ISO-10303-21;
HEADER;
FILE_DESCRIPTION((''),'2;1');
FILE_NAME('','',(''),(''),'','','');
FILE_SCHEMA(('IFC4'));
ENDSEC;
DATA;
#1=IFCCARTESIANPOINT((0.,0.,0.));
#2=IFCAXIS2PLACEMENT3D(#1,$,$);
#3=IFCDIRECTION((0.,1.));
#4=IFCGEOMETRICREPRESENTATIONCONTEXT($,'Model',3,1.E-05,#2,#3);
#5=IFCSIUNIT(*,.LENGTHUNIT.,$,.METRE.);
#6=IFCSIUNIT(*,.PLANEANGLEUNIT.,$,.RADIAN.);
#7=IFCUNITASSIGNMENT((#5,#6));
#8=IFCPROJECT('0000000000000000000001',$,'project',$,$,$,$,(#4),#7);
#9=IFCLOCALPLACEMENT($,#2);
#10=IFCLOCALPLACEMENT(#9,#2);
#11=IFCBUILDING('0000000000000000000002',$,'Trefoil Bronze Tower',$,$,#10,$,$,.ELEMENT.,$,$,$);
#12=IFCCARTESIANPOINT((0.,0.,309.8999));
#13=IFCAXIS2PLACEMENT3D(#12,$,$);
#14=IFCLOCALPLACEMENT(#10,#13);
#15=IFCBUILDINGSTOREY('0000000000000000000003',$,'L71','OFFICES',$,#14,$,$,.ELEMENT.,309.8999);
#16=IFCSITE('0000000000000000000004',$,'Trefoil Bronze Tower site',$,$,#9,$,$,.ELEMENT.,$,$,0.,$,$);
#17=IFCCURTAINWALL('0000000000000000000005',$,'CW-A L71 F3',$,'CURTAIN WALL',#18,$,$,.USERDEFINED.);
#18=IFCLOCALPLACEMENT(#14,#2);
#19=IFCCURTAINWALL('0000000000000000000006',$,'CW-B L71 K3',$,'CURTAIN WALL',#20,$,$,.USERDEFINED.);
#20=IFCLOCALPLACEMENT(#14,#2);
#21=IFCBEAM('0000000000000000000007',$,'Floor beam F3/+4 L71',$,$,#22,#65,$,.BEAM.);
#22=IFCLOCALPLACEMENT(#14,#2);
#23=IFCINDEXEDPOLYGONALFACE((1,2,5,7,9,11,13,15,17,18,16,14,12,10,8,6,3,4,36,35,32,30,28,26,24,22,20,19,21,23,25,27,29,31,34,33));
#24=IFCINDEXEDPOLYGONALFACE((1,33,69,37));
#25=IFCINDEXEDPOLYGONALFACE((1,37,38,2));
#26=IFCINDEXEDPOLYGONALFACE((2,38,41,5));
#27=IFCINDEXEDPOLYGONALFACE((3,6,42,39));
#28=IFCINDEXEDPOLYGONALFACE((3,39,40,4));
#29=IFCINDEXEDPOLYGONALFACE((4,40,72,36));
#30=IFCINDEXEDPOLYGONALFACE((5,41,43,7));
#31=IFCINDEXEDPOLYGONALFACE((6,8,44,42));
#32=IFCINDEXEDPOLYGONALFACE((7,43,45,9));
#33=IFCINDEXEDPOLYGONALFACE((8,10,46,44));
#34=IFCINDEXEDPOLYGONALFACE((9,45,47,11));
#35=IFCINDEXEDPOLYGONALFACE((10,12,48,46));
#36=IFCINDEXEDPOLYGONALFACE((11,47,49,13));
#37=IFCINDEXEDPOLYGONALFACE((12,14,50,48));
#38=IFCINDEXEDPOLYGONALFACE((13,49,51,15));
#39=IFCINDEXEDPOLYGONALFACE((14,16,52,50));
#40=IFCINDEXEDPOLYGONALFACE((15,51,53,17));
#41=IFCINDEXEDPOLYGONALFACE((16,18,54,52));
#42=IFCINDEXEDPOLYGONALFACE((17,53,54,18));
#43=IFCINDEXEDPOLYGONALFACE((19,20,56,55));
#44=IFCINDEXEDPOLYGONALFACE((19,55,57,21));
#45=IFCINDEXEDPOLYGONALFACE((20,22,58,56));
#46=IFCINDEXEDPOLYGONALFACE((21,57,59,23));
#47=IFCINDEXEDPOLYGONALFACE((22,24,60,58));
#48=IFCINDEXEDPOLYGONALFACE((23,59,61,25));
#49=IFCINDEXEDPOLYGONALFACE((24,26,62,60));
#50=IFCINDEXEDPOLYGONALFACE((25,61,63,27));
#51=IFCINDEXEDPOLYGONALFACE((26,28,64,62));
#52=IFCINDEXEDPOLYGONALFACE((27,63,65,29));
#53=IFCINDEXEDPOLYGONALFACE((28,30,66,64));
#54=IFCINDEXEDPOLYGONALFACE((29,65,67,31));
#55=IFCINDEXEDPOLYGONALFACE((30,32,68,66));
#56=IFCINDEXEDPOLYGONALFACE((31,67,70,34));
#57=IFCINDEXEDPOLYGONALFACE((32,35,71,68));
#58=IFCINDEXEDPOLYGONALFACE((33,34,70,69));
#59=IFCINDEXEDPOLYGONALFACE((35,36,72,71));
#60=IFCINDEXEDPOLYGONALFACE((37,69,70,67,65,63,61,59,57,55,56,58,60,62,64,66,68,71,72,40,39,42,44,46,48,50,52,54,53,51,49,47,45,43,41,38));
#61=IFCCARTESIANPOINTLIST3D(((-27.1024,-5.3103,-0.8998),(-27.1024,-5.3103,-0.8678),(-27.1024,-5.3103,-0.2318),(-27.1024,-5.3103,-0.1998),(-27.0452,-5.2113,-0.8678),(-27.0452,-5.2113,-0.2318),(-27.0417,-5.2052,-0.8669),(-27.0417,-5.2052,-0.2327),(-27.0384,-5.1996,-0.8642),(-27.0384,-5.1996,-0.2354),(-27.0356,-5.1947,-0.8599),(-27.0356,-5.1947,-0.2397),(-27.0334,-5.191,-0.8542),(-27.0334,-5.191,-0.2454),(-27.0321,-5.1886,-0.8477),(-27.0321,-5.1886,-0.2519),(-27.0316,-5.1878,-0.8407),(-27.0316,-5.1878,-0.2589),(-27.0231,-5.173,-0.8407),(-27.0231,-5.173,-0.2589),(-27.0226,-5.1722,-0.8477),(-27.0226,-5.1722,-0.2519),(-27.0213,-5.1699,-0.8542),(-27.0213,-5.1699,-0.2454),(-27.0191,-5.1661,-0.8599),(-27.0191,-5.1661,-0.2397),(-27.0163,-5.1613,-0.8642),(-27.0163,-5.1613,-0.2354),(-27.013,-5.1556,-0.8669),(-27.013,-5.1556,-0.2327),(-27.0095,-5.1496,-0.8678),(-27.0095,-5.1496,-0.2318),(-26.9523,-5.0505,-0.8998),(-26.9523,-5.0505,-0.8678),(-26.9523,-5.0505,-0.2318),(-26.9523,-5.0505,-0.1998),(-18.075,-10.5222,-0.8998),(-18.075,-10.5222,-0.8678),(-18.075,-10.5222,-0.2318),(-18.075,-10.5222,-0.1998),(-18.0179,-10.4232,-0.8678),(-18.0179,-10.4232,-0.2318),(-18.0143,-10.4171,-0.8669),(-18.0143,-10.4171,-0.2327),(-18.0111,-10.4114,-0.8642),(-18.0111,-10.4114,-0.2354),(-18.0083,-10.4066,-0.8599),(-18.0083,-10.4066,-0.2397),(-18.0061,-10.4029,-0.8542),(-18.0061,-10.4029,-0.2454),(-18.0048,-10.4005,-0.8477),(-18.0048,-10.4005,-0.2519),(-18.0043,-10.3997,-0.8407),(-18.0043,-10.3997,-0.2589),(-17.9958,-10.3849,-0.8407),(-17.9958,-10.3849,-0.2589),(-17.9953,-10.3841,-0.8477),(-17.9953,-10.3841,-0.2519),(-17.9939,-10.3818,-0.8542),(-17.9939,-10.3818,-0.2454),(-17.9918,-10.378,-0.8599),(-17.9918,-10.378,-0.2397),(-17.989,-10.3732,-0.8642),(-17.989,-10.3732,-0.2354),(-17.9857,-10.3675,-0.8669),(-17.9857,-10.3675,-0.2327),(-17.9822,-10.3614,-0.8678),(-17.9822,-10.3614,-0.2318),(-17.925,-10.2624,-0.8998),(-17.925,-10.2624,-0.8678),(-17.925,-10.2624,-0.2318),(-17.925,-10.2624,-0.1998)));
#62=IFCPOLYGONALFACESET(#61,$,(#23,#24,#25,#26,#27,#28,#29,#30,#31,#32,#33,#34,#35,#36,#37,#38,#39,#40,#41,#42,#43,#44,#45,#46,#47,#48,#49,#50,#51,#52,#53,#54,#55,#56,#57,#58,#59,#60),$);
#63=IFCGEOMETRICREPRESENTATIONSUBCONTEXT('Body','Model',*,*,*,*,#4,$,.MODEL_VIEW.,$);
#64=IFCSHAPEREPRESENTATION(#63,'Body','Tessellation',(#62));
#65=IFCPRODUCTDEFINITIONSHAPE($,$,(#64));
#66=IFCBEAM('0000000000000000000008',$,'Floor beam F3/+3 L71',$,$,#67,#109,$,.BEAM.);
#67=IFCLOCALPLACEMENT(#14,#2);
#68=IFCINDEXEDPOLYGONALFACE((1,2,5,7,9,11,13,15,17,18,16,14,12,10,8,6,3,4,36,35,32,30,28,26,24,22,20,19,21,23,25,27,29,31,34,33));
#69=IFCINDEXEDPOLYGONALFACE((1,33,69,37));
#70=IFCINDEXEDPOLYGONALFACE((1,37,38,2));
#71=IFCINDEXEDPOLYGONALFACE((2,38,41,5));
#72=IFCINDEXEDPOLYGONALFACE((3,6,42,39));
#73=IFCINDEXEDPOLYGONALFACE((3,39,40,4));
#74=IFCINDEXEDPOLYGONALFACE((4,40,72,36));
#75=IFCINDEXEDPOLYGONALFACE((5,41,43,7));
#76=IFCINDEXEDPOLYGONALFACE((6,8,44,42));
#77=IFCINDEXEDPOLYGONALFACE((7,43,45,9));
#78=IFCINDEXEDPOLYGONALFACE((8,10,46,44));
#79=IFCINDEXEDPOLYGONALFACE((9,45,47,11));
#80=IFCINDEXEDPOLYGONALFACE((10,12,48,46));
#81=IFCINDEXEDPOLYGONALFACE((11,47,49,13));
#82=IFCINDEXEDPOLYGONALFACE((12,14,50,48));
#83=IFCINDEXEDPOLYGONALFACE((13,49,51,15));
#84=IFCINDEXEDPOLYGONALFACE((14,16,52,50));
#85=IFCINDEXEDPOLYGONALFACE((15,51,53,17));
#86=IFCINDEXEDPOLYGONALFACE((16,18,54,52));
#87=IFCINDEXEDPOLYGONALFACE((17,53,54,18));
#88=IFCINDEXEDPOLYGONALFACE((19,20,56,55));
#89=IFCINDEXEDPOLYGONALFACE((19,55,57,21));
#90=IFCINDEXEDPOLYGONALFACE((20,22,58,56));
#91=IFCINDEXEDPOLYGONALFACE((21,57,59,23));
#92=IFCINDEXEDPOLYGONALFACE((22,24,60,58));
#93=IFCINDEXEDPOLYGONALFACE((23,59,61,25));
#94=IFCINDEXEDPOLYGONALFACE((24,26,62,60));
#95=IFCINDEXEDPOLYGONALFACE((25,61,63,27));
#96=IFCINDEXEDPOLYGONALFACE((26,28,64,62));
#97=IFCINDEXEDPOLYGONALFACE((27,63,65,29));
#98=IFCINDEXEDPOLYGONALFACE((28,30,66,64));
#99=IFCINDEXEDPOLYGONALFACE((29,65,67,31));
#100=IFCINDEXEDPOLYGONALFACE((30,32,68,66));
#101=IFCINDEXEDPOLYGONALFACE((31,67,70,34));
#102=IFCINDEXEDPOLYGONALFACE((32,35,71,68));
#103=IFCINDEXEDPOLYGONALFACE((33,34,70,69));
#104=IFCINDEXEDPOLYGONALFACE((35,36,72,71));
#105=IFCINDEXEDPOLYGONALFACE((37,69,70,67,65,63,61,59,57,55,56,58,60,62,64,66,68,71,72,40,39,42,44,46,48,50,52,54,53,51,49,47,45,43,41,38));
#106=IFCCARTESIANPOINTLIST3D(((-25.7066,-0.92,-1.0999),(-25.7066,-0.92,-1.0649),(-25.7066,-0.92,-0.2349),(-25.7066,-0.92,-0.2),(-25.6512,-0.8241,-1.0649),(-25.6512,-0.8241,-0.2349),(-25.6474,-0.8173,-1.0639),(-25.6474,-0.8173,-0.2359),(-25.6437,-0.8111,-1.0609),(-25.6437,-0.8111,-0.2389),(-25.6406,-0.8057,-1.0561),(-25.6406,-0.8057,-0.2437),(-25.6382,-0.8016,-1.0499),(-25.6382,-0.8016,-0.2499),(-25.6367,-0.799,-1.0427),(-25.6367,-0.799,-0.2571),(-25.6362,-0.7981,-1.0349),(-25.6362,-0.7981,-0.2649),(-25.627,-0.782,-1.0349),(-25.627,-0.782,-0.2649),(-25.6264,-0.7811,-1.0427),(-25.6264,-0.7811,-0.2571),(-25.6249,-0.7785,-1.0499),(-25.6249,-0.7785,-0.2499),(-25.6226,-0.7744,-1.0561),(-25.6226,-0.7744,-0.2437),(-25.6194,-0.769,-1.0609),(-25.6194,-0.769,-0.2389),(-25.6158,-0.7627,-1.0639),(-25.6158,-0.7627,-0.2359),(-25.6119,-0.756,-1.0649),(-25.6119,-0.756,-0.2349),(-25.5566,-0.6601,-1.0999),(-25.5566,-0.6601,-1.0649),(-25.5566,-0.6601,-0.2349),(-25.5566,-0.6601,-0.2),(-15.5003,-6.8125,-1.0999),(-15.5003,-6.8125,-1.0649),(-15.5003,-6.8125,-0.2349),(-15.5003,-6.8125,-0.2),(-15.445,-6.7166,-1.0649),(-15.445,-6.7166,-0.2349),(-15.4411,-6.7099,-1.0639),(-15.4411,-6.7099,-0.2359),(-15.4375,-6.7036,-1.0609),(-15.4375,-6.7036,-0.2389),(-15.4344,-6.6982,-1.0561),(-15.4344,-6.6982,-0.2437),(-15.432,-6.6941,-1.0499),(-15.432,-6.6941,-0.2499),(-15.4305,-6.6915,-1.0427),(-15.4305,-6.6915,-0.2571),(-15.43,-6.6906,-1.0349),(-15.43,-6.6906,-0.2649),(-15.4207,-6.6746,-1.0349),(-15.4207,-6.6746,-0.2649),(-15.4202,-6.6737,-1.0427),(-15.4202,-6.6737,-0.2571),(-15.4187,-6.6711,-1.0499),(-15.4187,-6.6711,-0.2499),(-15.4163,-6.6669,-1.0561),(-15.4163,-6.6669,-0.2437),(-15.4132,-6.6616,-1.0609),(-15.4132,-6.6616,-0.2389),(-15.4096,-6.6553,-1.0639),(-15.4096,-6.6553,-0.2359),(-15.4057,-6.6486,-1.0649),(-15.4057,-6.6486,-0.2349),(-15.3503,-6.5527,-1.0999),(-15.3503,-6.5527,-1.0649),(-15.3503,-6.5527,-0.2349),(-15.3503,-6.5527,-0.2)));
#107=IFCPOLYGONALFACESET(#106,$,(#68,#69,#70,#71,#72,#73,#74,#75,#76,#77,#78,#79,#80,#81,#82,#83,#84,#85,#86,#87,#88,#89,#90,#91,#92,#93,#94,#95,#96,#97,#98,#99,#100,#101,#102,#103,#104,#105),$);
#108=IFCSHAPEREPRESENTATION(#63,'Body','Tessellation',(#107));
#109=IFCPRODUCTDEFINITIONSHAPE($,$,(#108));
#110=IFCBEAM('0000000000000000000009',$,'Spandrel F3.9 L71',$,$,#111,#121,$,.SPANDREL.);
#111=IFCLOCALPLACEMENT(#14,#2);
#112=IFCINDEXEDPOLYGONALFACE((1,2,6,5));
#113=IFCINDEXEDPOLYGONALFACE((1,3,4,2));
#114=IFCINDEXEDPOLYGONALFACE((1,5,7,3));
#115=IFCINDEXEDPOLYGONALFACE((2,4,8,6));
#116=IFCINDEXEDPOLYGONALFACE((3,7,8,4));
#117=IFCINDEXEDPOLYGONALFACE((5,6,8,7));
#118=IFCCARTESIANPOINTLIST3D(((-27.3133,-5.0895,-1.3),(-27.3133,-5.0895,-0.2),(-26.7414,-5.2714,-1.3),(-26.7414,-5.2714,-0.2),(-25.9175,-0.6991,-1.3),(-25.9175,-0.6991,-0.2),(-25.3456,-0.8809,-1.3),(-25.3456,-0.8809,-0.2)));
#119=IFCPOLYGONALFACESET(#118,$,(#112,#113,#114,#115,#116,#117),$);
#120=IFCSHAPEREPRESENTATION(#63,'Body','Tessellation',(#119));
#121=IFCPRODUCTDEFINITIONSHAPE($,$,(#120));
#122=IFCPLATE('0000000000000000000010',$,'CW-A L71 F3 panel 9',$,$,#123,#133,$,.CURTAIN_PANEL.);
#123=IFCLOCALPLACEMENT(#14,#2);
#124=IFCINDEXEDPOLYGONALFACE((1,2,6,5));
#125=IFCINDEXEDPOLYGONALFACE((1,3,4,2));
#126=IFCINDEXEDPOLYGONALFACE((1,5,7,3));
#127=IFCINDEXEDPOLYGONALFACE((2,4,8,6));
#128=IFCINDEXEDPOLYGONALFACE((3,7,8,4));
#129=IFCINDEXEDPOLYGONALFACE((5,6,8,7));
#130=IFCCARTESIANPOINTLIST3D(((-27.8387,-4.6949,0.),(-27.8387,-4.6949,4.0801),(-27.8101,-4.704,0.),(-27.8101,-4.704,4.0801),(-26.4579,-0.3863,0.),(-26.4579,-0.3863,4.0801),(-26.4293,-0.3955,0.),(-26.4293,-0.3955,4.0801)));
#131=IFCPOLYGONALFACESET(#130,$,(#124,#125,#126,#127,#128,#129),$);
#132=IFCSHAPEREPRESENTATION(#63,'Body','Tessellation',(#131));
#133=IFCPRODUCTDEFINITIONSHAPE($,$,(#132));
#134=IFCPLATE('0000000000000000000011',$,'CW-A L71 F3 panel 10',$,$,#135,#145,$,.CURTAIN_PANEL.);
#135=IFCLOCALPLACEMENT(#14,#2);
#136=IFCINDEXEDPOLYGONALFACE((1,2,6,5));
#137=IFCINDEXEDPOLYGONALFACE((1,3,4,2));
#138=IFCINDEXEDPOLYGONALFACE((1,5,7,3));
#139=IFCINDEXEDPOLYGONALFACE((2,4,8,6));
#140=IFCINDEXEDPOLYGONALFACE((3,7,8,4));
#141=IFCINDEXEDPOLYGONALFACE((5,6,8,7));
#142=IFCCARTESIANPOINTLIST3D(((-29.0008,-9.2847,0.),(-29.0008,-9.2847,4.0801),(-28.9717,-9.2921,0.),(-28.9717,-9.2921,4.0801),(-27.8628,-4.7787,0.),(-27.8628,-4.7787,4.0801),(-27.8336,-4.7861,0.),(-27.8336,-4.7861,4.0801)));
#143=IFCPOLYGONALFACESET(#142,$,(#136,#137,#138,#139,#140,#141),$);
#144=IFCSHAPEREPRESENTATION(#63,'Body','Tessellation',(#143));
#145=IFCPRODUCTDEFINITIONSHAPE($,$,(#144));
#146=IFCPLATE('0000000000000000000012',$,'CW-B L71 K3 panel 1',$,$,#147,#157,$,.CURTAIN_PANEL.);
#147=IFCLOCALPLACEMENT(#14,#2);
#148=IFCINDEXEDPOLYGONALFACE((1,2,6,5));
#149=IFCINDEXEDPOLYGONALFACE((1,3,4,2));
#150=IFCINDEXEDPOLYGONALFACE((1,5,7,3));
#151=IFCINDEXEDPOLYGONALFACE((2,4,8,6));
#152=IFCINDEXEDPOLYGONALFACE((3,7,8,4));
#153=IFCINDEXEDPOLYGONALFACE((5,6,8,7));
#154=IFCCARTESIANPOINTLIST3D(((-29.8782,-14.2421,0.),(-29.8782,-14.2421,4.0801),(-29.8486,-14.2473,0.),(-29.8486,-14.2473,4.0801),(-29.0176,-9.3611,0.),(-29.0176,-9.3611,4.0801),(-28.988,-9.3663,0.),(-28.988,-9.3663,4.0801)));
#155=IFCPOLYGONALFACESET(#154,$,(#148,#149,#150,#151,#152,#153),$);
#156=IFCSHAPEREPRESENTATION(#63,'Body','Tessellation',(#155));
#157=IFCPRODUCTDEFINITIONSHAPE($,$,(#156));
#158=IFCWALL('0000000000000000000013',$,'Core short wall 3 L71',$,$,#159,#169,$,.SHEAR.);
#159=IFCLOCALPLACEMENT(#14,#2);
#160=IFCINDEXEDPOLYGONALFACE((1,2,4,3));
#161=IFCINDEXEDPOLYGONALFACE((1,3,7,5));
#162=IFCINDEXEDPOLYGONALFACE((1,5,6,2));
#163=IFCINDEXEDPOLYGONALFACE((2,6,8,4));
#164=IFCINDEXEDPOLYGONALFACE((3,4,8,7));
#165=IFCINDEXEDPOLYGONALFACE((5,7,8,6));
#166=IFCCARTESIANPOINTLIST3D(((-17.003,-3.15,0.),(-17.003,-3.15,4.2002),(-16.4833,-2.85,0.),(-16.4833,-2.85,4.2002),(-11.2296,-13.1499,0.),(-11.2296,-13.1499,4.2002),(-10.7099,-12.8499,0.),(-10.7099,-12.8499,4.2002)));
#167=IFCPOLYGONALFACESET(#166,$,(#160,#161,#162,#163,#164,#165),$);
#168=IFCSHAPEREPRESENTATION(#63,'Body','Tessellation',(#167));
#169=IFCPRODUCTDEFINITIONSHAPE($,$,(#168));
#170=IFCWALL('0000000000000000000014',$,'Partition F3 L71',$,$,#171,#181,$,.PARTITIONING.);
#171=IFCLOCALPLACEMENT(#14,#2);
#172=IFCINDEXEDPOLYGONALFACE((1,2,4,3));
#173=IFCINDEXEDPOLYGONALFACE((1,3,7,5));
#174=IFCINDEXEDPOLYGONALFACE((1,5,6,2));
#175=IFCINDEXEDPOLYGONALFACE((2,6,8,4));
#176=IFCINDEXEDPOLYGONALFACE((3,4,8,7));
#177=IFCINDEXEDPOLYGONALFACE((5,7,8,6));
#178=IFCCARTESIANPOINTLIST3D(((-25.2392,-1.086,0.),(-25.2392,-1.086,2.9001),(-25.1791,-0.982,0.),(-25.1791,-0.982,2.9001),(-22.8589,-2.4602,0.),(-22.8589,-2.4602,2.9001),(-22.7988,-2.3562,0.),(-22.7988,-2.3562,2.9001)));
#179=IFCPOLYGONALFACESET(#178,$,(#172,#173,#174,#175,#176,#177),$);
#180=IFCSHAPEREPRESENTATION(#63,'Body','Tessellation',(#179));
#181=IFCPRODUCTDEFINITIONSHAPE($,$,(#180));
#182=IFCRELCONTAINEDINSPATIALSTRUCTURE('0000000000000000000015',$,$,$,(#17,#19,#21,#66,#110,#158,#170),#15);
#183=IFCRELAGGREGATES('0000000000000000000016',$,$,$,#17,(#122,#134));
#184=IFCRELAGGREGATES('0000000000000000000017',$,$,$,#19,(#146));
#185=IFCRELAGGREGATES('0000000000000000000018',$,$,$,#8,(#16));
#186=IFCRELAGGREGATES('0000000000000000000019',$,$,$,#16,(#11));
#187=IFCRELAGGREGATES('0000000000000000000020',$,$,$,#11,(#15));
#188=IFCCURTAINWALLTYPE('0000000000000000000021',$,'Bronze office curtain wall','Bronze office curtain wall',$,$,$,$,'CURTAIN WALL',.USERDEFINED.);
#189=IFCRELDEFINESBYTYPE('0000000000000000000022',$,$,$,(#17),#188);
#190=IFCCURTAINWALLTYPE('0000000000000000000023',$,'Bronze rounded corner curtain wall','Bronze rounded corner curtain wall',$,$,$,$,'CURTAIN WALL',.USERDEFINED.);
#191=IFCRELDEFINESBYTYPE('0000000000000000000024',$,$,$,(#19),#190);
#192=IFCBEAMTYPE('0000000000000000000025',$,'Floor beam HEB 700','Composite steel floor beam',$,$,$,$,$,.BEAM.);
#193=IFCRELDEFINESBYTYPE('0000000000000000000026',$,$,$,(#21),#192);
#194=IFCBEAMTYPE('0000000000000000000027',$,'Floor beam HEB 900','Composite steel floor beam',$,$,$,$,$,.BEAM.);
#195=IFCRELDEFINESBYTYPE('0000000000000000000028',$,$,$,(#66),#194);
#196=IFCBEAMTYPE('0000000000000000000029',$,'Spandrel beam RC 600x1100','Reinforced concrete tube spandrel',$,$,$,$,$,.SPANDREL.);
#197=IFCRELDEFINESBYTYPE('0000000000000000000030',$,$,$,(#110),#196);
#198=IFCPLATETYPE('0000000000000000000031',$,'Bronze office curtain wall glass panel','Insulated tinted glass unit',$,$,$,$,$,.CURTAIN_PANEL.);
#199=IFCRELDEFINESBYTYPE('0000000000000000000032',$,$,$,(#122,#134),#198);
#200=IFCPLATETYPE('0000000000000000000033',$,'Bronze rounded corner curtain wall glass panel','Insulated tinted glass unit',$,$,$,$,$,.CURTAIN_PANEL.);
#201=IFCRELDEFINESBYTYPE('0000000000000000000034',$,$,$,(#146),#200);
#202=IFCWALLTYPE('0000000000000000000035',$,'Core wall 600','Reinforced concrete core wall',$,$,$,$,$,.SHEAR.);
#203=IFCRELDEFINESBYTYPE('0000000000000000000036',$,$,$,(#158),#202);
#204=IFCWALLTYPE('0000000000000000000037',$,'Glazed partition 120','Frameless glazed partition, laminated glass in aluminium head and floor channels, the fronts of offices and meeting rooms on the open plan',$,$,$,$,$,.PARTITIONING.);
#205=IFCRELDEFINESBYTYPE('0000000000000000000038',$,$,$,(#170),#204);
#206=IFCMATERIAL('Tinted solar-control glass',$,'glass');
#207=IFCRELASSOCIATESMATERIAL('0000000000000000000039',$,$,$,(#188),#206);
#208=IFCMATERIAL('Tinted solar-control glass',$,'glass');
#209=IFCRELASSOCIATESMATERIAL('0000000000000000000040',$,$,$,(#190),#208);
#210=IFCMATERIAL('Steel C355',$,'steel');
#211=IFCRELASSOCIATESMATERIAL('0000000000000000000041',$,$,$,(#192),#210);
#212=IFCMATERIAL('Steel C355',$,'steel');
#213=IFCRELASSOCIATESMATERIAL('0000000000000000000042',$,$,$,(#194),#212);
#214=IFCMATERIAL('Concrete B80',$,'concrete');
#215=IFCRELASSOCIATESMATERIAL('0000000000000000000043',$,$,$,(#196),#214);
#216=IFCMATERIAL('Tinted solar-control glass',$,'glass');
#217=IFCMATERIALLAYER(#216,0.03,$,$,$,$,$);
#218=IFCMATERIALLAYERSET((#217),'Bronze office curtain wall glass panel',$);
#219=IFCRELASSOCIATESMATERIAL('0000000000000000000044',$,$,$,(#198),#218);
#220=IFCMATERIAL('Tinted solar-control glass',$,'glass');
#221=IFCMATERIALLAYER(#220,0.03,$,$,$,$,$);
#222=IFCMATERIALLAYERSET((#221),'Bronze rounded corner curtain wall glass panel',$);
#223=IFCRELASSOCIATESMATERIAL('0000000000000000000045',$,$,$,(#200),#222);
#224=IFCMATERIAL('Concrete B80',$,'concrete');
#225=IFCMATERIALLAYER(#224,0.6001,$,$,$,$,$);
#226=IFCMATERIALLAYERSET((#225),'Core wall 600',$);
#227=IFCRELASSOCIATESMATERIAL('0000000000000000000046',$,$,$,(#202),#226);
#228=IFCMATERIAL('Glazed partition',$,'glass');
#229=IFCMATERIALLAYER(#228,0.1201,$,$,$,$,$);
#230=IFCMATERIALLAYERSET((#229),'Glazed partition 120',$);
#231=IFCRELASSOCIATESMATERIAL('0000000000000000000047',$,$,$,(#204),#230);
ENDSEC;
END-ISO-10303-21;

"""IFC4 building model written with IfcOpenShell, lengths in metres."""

from ifc_helpers import new_model, si_unit, direction, frame, frame_2d, origin, origin_2d, place, context, subcontext, project, spatial, rectangle, i_section, extrude, material, layer, layer_set, material_profile, profile_set, type_object, element, aggregate, save


model = new_model("IFC4")

# Units and contexts
model_context = context("Model", 3, precision=1e-05, world=origin(), true_north=direction((0.0, 1.0)))
body_context = subcontext(model_context, "Body", "Model", "MODEL_VIEW")
ifc_project = project(units=[si_unit("LENGTHUNIT", "METRE"), si_unit("PLANEANGLEUNIT", "RADIAN")], contexts=[model_context])

# Site, building, storey
site_placement = place(None, origin())
site = spatial("IfcSite", under=ifc_project, at=site_placement, Name="Trefoil Bronze Tower site", CompositionType="ELEMENT", RefElevation=0.0)
building_placement = place(site_placement, origin())
building = spatial("IfcBuilding", under=site, at=building_placement, Name="Trefoil Bronze Tower", CompositionType="ELEMENT")
storey_placement = place(building_placement, frame((0.0, 0.0, 309.8999)))
storey = spatial("IfcBuildingStorey", under=building, at=storey_placement, Name="L71", Description="OFFICES", CompositionType="ELEMENT", Elevation=309.8999)

# Curtain walls
ifc_material_1 = material(Name="Tinted solar-control glass", Category="glass")
curtain_wall_type_1 = type_object("IfcCurtainWallType", Name="Bronze office curtain wall", Description="Bronze office curtain wall", ElementType="CURTAIN WALL", PredefinedType="USERDEFINED", material=ifc_material_1)
curtain_wall_1_placement = place(storey_placement, origin())
curtain_wall_1 = element("IfcCurtainWall", 1, at=curtain_wall_1_placement, inside=storey, type_object=curtain_wall_type_1, Name="CW-A L71 F3", ObjectType="CURTAIN WALL", PredefinedType="USERDEFINED")
ifc_material_2 = material(Name="Tinted solar-control glass", Category="glass")
curtain_wall_type_2 = type_object("IfcCurtainWallType", Name="Bronze rounded corner curtain wall", Description="Bronze rounded corner curtain wall", ElementType="CURTAIN WALL", PredefinedType="USERDEFINED", material=ifc_material_2)
curtain_wall_2_placement = place(storey_placement, origin())
curtain_wall_2 = element("IfcCurtainWall", 2, at=curtain_wall_2_placement, inside=storey, type_object=curtain_wall_type_2, Name="CW-B L71 K3", ObjectType="CURTAIN WALL", PredefinedType="USERDEFINED")

# Beams
ifc_material_3 = material(Name="Steel C355", Category="steel")
ifc_material_profile_1 = material_profile(ifc_material_3, i_section(OverallWidth=0.3, OverallDepth=0.7, WebThickness=0.0171, FlangeThickness=0.032, FilletRadius=0.0271, at=origin_2d()), Name="HEB 700")
ifc_profile_set_1 = profile_set([ifc_material_profile_1], Name="Steel C355")
beam_type_1 = type_object("IfcBeamType", Name="Floor beam HEB 700", Description="Composite steel floor beam", PredefinedType="BEAM", material=ifc_profile_set_1)
beam_1_placement = place(storey_placement, frame((-27.0273, -5.1804, -0.5498), z_axis=(0.866026, -0.499998, 0.0), x_axis=(0.499998, 0.866026, 0.0)))
element("IfcBeam", 3, at=beam_1_placement, inside=storey, type_object=beam_type_1, Name="Floor beam F3/+4 L71", PredefinedType="BEAM", context=body_context, shape_type="SweptSolid", body=[
    extrude(i_section(OverallWidth=0.3, OverallDepth=0.7, WebThickness=0.0171, FlangeThickness=0.032, FilletRadius=0.0271, at=origin_2d()), origin(), (0.0, 0.0, 1.0), 10.4238),
])
ifc_material_4 = material(Name="Steel C355", Category="steel")
ifc_material_profile_2 = material_profile(ifc_material_4, i_section(OverallWidth=0.3, OverallDepth=0.8999, WebThickness=0.0186, FlangeThickness=0.0349, FilletRadius=0.03, at=origin_2d()), Name="HEB 900")
ifc_profile_set_2 = profile_set([ifc_material_profile_2], Name="Steel C355")
beam_type_2 = type_object("IfcBeamType", Name="Floor beam HEB 900", Description="Composite steel floor beam", PredefinedType="BEAM", material=ifc_profile_set_2)
beam_2_placement = place(storey_placement, frame((-25.6316, -0.79, -0.6499), z_axis=(0.866027, -0.499998, 0.0), x_axis=(0.499998, 0.866027, 0.0)))
element("IfcBeam", 4, at=beam_2_placement, inside=storey, type_object=beam_type_2, Name="Floor beam F3/+3 L71", PredefinedType="BEAM", context=body_context, shape_type="SweptSolid", body=[
    extrude(i_section(OverallWidth=0.3, OverallDepth=0.8999, WebThickness=0.0186, FlangeThickness=0.0349, FilletRadius=0.03, at=origin_2d()), origin(), (0.0, 0.0, 1.0), 11.7852),
])
ifc_material_5 = material(Name="Concrete B80", Category="concrete")
ifc_material_profile_3 = material_profile(ifc_material_5, rectangle(XDim=0.6001, YDim=1.1001, at=origin_2d()), Name="RC 600x1100")
ifc_profile_set_3 = profile_set([ifc_material_profile_3], Name="Concrete B80")
beam_type_3 = type_object("IfcBeamType", Name="Spandrel beam RC 600x1100", Description="Reinforced concrete tube spandrel", PredefinedType="SPANDREL", material=ifc_profile_set_3)
beam_3_placement = place(storey_placement, frame((-25.6316, -0.79, -0.75), z_axis=(-0.30297, -0.953, 0.0), x_axis=(0.953, -0.30297, 0.0)))
element("IfcBeam", 5, at=beam_3_placement, inside=storey, type_object=beam_type_3, Name="Spandrel F3.9 L71", PredefinedType="SPANDREL", context=body_context, shape_type="SweptSolid", body=[
    extrude(rectangle(XDim=0.6001, YDim=1.1001, at=origin_2d()), origin(), (0.0, 0.0, 1.0), 4.6069),
])

# Plates
ifc_material_6 = material(Name="Tinted solar-control glass", Category="glass")
ifc_layer_1 = layer(ifc_material_6, 0.03)
ifc_layer_set_1 = layer_set([ifc_layer_1], Name="Bronze office curtain wall glass panel")
plate_type_1 = type_object("IfcPlateType", Name="Bronze office curtain wall glass panel", Description="Insulated tinted glass unit", PredefinedType="CURTAIN_PANEL", material=ifc_layer_set_1)
plate_1_placement = place(storey_placement, frame((-27.134, -2.5452, 0.0), z_axis=(0.0, 0.0, 1.0), x_axis=(-0.305188, -0.952292, 0.0)))
plate_1 = element("IfcPlate", 6, at=plate_1_placement, type_object=plate_type_1, Name="CW-A L71 F3 panel 9", PredefinedType="CURTAIN_PANEL", context=body_context, shape_type="SweptSolid", body=[
    extrude(rectangle(XDim=4.5244, YDim=0.03, at=origin_2d()), origin(), (0.0, 0.0, 1.0), 4.0801),
])
plate_2_placement = place(storey_placement, frame((-28.4172, -7.0354, 0.0), z_axis=(0.0, 0.0, 1.0), x_axis=(-0.24488, -0.969554, 0.0)))
plate_2 = element("IfcPlate", 7, at=plate_2_placement, type_object=plate_type_1, Name="CW-A L71 F3 panel 10", PredefinedType="CURTAIN_PANEL", context=body_context, shape_type="SweptSolid", body=[
    extrude(rectangle(XDim=4.6475, YDim=0.03, at=origin_2d()), origin(), (0.0, 0.0, 1.0), 4.0801),
])
aggregate(curtain_wall_1, [plate_1, plate_2])
ifc_material_7 = material(Name="Tinted solar-control glass", Category="glass")
ifc_layer_2 = layer(ifc_material_7, 0.03)
ifc_layer_set_2 = layer_set([ifc_layer_2], Name="Bronze rounded corner curtain wall glass panel")
plate_type_2 = type_object("IfcPlateType", Name="Bronze rounded corner curtain wall glass panel", Description="Insulated tinted glass unit", PredefinedType="CURTAIN_PANEL", material=ifc_layer_set_2)
plate_3_placement = place(storey_placement, frame((-29.4331, -11.8042, 0.0), z_axis=(0.0, 0.0, 1.0), x_axis=(-0.173648, -0.984808, 0.0)))
plate_3 = element("IfcPlate", 8, at=plate_3_placement, type_object=plate_type_2, Name="CW-B L71 K3 panel 1", PredefinedType="CURTAIN_PANEL", context=body_context, shape_type="SweptSolid", body=[
    extrude(rectangle(XDim=4.9563, YDim=0.03, at=origin_2d()), origin(), (0.0, 0.0, 1.0), 4.0801),
])
aggregate(curtain_wall_2, [plate_3])

# Walls
ifc_material_8 = material(Name="Concrete B80", Category="concrete")
ifc_layer_3 = layer(ifc_material_8, 0.6001)
ifc_layer_set_3 = layer_set([ifc_layer_3], Name="Core wall 600")
wall_type_1 = type_object("IfcWallType", Name="Core wall 600", Description="Reinforced concrete core wall", PredefinedType="SHEAR", material=ifc_layer_set_3)
wall_1_placement = place(storey_placement, frame((-16.7432, -3.0, 0.0), z_axis=(0.0, 0.0, 1.0), x_axis=(0.499996, -0.866028, 0.0)))
element("IfcWall", 9, at=wall_1_placement, inside=storey, type_object=wall_type_1, Name="Core short wall 3 L71", PredefinedType="SHEAR", context=body_context, shape_type="SweptSolid", body=[
    extrude(rectangle(XDim=11.5469, YDim=0.6001, at=frame_2d((5.7734, 0.0))), origin(), (0.0, 0.0, 1.0), 4.2002),
])
ifc_material_9 = material(Name="Glazed partition", Category="glass")
ifc_layer_4 = layer(ifc_material_9, 0.1201)
ifc_layer_set_4 = layer_set([ifc_layer_4], Name="Glazed partition 120")
wall_type_2 = type_object("IfcWallType", Name="Glazed partition 120", Description="Frameless glazed partition, laminated glass in aluminium head and floor channels, the fronts of offices and meeting rooms on the open plan", PredefinedType="PARTITIONING", material=ifc_layer_set_4)
wall_2_placement = place(storey_placement, frame((-22.8289, -2.4082, 0.0), z_axis=(0.0, 0.0, 1.0), x_axis=(-0.866032, 0.499989, 0.0)))
element("IfcWall", 10, at=wall_2_placement, inside=storey, type_object=wall_type_2, Name="Partition F3 L71", PredefinedType="PARTITIONING", context=body_context, shape_type="SweptSolid", body=[
    extrude(rectangle(XDim=2.7485, YDim=0.1201, at=frame_2d((1.3743, 0.0))), origin(), (0.0, 0.0, 1.0), 2.9001),
])

save(model, "model.ifc")
